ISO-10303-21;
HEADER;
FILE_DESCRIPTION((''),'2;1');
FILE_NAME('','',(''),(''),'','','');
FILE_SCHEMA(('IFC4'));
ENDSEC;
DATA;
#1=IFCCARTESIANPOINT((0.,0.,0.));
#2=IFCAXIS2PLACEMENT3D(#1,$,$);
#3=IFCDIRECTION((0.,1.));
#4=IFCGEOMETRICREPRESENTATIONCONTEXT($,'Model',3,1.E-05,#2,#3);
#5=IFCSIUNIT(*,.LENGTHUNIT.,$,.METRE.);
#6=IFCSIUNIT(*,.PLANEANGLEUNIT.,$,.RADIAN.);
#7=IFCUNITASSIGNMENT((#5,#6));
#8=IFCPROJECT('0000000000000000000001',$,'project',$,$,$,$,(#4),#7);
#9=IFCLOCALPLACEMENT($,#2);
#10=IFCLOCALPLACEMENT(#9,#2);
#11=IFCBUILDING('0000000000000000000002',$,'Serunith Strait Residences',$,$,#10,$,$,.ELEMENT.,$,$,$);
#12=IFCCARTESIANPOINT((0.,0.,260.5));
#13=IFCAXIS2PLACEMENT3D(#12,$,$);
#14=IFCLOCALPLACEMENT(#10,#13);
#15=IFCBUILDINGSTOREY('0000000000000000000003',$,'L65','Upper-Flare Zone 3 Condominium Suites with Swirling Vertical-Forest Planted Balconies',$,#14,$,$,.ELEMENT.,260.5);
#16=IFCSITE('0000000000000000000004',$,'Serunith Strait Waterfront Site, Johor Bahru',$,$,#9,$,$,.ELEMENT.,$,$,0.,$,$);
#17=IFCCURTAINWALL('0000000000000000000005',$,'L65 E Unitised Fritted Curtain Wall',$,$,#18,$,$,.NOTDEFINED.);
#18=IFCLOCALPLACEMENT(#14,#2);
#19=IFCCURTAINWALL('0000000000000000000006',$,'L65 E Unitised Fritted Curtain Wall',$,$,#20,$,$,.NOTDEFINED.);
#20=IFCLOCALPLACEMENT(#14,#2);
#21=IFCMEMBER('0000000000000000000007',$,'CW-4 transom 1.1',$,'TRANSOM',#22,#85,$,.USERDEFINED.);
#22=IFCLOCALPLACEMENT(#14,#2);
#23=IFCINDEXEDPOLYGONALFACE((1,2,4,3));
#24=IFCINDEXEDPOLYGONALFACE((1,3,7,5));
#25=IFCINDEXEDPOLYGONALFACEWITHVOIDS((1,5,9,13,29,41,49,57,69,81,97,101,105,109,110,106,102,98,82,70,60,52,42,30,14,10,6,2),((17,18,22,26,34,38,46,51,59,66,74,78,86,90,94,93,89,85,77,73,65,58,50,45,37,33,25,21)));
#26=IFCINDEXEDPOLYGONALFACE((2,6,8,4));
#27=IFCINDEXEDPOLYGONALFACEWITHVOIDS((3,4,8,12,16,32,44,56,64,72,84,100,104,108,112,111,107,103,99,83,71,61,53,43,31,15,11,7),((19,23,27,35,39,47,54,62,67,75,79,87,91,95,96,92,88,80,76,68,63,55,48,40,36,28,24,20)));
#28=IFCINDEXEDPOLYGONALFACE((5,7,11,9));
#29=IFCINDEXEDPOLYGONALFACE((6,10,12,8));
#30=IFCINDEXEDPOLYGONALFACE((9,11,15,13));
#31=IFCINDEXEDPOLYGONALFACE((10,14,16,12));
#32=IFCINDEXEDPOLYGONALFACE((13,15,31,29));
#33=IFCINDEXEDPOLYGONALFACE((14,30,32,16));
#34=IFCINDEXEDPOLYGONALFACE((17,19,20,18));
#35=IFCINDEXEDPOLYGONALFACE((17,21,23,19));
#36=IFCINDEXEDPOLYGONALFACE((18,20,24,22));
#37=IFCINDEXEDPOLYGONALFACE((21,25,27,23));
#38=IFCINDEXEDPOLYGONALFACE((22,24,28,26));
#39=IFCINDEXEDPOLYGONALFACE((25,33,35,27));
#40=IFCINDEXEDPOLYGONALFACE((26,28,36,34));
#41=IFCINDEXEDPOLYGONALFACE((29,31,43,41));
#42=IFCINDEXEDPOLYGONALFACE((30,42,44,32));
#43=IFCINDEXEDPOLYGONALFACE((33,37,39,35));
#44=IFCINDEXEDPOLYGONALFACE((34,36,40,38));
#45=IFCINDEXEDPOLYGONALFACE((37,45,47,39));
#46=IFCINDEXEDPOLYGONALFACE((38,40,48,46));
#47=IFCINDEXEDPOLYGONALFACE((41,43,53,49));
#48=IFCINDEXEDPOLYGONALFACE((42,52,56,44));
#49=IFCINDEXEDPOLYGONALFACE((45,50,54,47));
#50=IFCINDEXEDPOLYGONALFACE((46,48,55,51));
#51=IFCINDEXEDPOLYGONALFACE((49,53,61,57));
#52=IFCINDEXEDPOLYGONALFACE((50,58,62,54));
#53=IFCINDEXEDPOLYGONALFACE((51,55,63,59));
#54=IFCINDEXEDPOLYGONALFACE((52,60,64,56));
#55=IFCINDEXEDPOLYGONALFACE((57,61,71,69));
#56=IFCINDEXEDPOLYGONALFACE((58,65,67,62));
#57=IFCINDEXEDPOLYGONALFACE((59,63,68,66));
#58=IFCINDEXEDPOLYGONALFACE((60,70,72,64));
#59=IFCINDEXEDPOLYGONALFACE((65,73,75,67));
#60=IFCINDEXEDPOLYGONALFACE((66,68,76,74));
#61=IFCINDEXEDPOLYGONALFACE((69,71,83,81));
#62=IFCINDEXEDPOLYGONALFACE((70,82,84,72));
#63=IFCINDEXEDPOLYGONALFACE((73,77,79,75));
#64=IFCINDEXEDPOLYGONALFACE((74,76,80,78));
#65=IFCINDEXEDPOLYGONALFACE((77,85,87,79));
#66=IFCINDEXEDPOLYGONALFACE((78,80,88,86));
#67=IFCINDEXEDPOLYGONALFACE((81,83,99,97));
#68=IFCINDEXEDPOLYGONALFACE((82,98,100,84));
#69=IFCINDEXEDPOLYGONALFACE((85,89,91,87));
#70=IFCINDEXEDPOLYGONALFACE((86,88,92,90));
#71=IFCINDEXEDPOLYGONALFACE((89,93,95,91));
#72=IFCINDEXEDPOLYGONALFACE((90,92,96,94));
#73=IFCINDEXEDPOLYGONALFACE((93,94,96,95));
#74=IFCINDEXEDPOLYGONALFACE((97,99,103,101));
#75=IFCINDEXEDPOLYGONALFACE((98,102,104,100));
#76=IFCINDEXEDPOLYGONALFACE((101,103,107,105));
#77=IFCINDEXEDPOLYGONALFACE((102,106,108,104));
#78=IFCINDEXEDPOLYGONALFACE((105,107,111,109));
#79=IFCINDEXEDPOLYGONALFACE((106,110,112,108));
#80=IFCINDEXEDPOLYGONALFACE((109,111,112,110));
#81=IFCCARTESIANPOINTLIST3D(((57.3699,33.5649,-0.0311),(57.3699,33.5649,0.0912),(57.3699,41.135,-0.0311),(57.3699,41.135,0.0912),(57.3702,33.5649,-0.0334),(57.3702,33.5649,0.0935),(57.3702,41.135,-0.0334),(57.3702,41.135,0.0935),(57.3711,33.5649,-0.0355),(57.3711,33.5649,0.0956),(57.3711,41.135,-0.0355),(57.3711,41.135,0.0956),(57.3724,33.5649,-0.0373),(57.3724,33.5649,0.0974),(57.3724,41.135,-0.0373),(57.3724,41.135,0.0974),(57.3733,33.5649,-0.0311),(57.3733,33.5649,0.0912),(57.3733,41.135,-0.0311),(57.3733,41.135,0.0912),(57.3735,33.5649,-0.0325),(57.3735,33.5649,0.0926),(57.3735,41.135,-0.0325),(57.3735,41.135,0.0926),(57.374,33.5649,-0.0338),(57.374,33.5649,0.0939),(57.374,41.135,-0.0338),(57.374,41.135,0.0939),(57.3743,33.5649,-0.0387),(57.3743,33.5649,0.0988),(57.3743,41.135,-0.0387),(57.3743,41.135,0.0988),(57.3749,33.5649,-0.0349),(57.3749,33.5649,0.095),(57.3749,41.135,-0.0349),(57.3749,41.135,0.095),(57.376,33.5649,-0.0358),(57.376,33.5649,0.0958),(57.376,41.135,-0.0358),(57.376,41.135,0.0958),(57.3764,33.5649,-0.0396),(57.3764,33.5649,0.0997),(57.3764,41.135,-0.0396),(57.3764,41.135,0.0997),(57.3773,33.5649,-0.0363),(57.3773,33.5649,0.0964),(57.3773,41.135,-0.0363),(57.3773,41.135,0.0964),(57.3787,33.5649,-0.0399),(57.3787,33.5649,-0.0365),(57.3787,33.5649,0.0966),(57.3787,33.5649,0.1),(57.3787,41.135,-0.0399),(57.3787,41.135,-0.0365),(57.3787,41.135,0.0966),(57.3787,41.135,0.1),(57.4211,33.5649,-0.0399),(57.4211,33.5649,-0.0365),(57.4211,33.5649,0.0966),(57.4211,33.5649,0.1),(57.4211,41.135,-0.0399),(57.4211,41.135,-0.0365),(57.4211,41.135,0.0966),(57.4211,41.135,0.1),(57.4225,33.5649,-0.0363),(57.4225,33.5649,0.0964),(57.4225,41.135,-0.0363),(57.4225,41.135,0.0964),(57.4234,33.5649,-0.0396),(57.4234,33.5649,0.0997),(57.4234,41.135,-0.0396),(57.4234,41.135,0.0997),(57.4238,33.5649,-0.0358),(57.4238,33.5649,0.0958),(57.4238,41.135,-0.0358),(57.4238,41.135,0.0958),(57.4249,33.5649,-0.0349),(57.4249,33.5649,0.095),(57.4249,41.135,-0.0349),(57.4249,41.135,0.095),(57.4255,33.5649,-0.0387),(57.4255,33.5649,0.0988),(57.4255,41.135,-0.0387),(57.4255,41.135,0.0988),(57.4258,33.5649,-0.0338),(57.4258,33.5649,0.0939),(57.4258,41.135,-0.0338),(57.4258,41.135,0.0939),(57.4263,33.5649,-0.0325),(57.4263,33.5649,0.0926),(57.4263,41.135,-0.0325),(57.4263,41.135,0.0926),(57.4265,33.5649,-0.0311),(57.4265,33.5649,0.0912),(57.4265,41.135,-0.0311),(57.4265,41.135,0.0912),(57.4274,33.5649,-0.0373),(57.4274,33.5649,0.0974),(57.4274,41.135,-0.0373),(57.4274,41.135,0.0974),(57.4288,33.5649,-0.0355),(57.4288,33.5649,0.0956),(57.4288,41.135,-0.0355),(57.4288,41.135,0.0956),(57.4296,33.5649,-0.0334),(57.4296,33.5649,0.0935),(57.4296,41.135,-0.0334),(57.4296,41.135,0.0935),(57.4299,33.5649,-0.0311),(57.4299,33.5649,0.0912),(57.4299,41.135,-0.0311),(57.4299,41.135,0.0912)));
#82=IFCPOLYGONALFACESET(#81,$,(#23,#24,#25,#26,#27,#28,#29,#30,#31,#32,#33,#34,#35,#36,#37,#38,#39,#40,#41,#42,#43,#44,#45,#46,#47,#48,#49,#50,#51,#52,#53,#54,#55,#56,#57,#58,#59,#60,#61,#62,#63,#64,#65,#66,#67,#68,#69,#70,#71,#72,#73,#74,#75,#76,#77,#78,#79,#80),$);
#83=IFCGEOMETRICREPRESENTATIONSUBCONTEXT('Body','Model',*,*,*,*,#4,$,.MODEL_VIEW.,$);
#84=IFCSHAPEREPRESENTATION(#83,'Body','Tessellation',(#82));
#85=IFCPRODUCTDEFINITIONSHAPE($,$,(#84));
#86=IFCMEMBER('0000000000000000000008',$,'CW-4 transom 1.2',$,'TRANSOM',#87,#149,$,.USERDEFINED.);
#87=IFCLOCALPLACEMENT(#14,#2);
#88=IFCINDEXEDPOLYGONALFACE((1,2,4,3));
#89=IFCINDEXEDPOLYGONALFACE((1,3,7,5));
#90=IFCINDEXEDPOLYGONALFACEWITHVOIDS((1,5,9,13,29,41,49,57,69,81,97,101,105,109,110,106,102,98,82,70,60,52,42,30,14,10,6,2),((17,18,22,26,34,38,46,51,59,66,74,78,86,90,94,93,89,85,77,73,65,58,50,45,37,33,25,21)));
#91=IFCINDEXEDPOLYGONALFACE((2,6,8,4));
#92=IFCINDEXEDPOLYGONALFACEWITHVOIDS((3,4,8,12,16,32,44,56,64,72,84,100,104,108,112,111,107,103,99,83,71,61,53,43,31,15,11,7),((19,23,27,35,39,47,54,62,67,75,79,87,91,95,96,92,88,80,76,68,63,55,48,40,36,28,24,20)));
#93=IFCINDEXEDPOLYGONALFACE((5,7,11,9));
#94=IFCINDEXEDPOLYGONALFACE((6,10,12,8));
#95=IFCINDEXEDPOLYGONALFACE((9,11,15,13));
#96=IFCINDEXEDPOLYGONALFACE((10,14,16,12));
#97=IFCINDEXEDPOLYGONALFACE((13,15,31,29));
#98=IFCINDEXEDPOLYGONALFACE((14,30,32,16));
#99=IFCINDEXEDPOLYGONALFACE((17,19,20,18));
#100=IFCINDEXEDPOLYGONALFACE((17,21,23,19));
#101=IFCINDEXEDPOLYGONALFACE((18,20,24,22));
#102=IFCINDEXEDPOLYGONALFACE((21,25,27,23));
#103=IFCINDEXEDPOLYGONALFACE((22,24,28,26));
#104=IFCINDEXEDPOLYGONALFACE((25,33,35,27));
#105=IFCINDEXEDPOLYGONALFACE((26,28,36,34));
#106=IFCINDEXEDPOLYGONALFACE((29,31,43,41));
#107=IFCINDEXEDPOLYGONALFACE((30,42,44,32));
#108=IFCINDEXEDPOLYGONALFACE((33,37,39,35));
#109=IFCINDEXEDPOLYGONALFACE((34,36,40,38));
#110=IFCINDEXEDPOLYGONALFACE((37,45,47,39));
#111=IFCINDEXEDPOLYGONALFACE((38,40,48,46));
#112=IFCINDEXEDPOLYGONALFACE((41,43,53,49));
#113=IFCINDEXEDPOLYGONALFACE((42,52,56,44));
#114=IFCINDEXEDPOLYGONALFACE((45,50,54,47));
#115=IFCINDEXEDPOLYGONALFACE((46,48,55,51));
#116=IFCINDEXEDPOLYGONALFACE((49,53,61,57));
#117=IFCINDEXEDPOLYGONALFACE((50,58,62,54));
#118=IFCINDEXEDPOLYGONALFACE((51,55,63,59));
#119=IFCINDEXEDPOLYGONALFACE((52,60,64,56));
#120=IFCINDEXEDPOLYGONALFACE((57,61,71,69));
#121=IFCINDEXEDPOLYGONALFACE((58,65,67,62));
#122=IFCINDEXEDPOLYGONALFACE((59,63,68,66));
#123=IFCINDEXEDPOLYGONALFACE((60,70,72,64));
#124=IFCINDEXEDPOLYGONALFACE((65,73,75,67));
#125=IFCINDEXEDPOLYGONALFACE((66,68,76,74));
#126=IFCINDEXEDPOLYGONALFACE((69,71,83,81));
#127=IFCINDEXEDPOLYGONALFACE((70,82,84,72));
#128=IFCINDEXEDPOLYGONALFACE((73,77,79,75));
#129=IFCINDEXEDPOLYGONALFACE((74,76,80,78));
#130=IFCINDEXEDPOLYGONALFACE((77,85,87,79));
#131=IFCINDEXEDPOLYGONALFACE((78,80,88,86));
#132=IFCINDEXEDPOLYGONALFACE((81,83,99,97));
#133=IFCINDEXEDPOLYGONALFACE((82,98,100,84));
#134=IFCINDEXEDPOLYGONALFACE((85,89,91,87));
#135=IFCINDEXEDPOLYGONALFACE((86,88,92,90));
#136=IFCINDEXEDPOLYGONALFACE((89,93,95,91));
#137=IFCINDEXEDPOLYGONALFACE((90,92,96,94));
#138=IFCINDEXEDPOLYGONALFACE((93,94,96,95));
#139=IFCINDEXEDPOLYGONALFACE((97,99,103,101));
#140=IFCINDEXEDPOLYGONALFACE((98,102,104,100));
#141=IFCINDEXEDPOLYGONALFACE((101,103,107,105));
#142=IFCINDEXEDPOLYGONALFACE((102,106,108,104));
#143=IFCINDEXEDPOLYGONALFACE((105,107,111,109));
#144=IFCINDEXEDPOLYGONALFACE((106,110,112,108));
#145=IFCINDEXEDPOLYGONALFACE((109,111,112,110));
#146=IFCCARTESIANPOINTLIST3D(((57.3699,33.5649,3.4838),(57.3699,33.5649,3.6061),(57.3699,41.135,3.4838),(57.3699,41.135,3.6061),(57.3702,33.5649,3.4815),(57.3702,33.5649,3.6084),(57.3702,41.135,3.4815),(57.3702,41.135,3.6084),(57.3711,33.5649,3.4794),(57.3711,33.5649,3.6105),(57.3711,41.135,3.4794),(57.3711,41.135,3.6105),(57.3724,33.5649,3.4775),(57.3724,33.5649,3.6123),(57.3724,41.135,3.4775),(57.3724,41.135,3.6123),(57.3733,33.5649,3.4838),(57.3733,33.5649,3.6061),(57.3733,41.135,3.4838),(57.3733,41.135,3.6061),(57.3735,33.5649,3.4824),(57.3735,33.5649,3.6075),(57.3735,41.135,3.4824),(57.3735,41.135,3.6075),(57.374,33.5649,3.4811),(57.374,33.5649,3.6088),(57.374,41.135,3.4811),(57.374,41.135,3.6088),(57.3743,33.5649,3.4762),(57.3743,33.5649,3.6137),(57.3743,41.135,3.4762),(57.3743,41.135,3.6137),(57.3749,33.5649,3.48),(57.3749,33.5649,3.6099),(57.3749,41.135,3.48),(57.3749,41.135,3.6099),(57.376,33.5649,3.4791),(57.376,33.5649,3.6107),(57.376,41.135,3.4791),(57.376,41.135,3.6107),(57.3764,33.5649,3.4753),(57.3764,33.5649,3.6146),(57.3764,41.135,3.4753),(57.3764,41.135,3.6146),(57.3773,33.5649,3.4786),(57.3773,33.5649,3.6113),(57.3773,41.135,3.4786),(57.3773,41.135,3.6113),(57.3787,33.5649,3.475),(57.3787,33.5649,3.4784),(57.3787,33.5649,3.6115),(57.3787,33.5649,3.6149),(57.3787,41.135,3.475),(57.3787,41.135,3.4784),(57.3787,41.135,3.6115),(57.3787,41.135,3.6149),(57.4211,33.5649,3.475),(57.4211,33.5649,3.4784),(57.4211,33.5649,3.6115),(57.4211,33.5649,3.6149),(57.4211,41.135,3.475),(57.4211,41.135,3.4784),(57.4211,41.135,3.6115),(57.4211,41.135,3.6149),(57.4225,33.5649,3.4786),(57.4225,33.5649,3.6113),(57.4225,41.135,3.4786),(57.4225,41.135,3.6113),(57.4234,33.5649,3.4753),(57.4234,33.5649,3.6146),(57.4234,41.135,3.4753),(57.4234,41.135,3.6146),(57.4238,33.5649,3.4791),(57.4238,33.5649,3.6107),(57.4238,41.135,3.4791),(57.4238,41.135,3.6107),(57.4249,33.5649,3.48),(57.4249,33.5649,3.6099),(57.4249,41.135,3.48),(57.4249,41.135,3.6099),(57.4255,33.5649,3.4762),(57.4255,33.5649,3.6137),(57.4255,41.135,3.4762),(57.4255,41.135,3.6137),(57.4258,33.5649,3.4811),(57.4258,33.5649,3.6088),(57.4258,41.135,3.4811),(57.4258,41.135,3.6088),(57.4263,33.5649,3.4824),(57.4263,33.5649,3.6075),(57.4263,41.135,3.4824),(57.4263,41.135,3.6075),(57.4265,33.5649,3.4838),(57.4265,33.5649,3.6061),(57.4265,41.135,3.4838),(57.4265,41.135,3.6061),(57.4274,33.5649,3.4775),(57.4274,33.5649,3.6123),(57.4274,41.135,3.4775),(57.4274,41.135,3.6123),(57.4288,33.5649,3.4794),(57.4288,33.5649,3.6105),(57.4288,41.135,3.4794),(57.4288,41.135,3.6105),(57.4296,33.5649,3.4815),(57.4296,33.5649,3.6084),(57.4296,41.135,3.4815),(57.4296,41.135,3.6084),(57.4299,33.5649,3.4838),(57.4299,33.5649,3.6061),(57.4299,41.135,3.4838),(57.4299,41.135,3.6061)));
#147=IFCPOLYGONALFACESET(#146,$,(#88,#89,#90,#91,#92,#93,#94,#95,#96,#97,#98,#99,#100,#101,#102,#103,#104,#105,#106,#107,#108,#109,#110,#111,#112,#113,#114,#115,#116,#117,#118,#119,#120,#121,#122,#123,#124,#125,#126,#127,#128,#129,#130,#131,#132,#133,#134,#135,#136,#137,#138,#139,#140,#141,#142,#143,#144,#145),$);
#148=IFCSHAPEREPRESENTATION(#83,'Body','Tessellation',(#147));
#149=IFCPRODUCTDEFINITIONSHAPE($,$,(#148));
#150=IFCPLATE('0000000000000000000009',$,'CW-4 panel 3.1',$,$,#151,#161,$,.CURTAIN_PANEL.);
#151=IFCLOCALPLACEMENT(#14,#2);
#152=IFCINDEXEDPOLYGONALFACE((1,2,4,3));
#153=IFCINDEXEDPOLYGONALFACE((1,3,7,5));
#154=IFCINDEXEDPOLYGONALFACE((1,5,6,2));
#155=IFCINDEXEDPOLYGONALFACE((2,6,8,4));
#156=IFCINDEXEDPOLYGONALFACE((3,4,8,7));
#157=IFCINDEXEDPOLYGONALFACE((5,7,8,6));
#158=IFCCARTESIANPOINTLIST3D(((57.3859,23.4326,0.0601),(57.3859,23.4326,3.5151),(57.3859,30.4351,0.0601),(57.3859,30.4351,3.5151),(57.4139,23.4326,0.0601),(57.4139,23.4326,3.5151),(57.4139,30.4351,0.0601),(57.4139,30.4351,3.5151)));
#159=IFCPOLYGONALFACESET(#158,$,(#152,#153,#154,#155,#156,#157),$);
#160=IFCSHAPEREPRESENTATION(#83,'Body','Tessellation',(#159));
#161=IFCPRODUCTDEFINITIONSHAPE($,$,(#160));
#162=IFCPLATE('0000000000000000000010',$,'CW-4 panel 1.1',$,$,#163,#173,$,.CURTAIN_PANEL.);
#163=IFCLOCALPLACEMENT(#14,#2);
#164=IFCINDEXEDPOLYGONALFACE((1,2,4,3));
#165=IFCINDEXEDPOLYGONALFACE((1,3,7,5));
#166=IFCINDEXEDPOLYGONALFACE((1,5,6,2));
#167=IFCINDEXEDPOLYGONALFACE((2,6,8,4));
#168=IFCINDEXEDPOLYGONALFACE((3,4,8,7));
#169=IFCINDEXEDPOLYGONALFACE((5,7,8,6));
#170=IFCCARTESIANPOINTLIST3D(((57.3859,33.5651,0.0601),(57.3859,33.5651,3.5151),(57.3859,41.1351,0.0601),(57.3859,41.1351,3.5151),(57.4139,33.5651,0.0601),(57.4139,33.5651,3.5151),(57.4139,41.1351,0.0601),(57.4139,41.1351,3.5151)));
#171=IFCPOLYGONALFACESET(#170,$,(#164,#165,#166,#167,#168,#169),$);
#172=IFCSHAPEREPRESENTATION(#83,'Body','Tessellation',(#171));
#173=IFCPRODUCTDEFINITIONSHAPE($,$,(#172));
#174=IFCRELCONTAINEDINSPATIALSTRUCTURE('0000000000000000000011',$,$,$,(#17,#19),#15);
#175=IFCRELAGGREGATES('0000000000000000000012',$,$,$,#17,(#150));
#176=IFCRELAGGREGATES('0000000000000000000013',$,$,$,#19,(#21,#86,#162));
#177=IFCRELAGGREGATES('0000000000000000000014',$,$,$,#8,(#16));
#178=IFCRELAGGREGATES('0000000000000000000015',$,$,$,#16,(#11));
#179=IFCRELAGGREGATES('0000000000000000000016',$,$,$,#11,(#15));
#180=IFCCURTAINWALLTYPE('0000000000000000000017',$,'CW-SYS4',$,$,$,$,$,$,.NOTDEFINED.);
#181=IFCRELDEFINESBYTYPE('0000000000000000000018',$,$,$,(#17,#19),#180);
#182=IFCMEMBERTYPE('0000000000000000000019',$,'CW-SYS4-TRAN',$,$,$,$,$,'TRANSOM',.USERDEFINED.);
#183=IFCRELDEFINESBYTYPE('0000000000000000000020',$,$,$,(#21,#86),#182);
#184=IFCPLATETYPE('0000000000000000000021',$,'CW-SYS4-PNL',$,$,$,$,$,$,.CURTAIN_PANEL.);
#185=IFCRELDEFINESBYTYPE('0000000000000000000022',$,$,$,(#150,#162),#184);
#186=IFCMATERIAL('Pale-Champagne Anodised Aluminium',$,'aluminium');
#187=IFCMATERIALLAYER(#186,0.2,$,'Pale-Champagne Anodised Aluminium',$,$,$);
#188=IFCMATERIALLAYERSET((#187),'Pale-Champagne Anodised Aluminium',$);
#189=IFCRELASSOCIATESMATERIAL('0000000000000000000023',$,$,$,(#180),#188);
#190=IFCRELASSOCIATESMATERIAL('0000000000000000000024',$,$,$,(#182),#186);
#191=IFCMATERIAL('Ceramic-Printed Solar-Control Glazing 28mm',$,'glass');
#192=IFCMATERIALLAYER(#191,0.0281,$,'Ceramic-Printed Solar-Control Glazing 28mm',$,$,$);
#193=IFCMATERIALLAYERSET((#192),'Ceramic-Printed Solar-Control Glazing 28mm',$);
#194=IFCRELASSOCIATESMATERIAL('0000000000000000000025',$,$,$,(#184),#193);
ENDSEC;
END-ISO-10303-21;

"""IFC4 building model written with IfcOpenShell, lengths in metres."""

from ifc_helpers import new_model, si_unit, direction, frame, origin, origin_2d, place, context, subcontext, project, spatial, rectangle, hollow_rectangle, extrude, source, transform, mapped, material, layer, layer_set, material_profile, profile_set, type_object, element, aggregate, save


model = new_model("IFC4")

# Units and contexts
model_context = context("Model", 3, precision=1e-05, world=origin(), true_north=direction((0.0, 1.0)))
body_context = subcontext(model_context, "Body", "Model", "MODEL_VIEW")
ifc_project = project(units=[si_unit("LENGTHUNIT", "METRE"), si_unit("PLANEANGLEUNIT", "RADIAN")], contexts=[model_context])

# Site, building, storey
site_placement = place(None, origin())
site = spatial("IfcSite", under=ifc_project, at=site_placement, Name="Serunith Strait Waterfront Site, Johor Bahru", CompositionType="ELEMENT", RefElevation=0.0)
building_placement = place(site_placement, origin())
building = spatial("IfcBuilding", under=site, at=building_placement, Name="Serunith Strait Residences", CompositionType="ELEMENT")
storey_placement = place(building_placement, frame((0.0, 0.0, 260.5)))
storey = spatial("IfcBuildingStorey", under=building, at=storey_placement, Name="L65", Description="Upper-Flare Zone 3 Condominium Suites with Swirling Vertical-Forest Planted Balconies", CompositionType="ELEMENT", Elevation=260.5)

# Curtain wall
ifc_material_1 = material(Name="Pale-Champagne Anodised Aluminium", Category="aluminium")
ifc_layer_1 = layer(ifc_material_1, 0.2, Name="Pale-Champagne Anodised Aluminium")
ifc_layer_set_1 = layer_set([ifc_layer_1], Name="Pale-Champagne Anodised Aluminium")
curtain_wall_type = type_object("IfcCurtainWallType", Name="CW-SYS4", PredefinedType="NOTDEFINED", material=ifc_layer_set_1)
curtain_wall_1_placement = place(storey_placement, origin())
curtain_wall_1 = element("IfcCurtainWall", 1, at=curtain_wall_1_placement, inside=storey, type_object=curtain_wall_type, Name="L65 E Unitised Fritted Curtain Wall", PredefinedType="NOTDEFINED")

# Curtain wall, members
curtain_wall_2_placement = place(storey_placement, origin())
curtain_wall_2 = element("IfcCurtainWall", 2, at=curtain_wall_2_placement, inside=storey, type_object=curtain_wall_type, Name="L65 E Unitised Fritted Curtain Wall", PredefinedType="NOTDEFINED")
ifc_material_profile_1 = material_profile(ifc_material_1, hollow_rectangle(XDim=0.0601, YDim=0.1399, WallThickness=0.0034, InnerFilletRadius=0.0054, OuterFilletRadius=0.0088, at=origin_2d()), Name="ALU 140x60x3.5")
ifc_profile_set_1 = profile_set([ifc_material_profile_1], Name="Pale-Champagne Anodised Aluminium")
member_type_1 = type_object("IfcMemberType", Name="CW-SYS4-TRAN", ElementType="TRANSOM", PredefinedType="USERDEFINED", material=ifc_profile_set_1)
shared_shape_1 = source(origin(), body_context, "Body", "SweptSolid", [
    extrude(hollow_rectangle(XDim=0.0601, YDim=0.1399, WallThickness=0.0034, InnerFilletRadius=0.0054, OuterFilletRadius=0.0088, at=origin_2d()), origin(), (0.0, 0.0, 1.0), 7.5701),
])
member_1_placement = place(storey_placement, frame((57.3999, 33.5649, 0.03), z_axis=(0.0, 1.0, 0.0), x_axis=(-1.0, 0.0, 0.0)))
member_1 = element("IfcMember", 3, at=member_1_placement, type_object=member_type_1, Name="CW-4 transom 1.1", ObjectType="TRANSOM", PredefinedType="USERDEFINED", context=body_context, shape_type="MappedRepresentation", body=[
    mapped(shared_shape_1, transform((0.0, 0.0, 0.0), scale=1.0)),
])
member_2_placement = place(storey_placement, frame((57.3999, 33.5649, 3.5449), z_axis=(0.0, 1.0, 0.0), x_axis=(-1.0, 0.0, 0.0)))
member_2 = element("IfcMember", 4, at=member_2_placement, type_object=member_type_1, Name="CW-4 transom 1.2", ObjectType="TRANSOM", PredefinedType="USERDEFINED", context=body_context, shape_type="MappedRepresentation", body=[
    mapped(shared_shape_1, transform((0.0, 0.0, 0.0), scale=1.0)),
])

# Plates
ifc_material_2 = material(Name="Ceramic-Printed Solar-Control Glazing 28mm", Category="glass")
ifc_layer_2 = layer(ifc_material_2, 0.0281, Name="Ceramic-Printed Solar-Control Glazing 28mm")
ifc_layer_set_2 = layer_set([ifc_layer_2], Name="Ceramic-Printed Solar-Control Glazing 28mm")
plate_type = type_object("IfcPlateType", Name="CW-SYS4-PNL", PredefinedType="CURTAIN_PANEL", material=ifc_layer_set_2)
shared_shape_2 = source(origin(), body_context, "Body", "SweptSolid", [
    extrude(rectangle(XDim=7.0024, YDim=0.0281, at=origin_2d()), origin(), (0.0, 0.0, 1.0), 3.4551),
])
plate_1_placement = place(storey_placement, frame((57.3999, 26.9338, 0.0601), z_axis=(0.0, 0.0, 1.0), x_axis=(0.0, 1.0, 0.0)))
plate_1 = element("IfcPlate", 5, at=plate_1_placement, type_object=plate_type, Name="CW-4 panel 3.1", PredefinedType="CURTAIN_PANEL", context=body_context, shape_type="MappedRepresentation", body=[
    mapped(shared_shape_2, transform((0.0, 0.0, 0.0), scale=1.0)),
])
aggregate(curtain_wall_1, [plate_1])
shared_shape_3 = source(origin(), body_context, "Body", "SweptSolid", [
    extrude(rectangle(XDim=7.5701, YDim=0.0281, at=origin_2d()), origin(), (0.0, 0.0, 1.0), 3.4551),
])
plate_2_placement = place(storey_placement, frame((57.3999, 37.3501, 0.0601), z_axis=(0.0, 0.0, 1.0), x_axis=(0.0, 1.0, 0.0)))
plate_2 = element("IfcPlate", 6, at=plate_2_placement, type_object=plate_type, Name="CW-4 panel 1.1", PredefinedType="CURTAIN_PANEL", context=body_context, shape_type="MappedRepresentation", body=[
    mapped(shared_shape_3, transform((0.0, 0.0, 0.0), scale=1.0)),
])
aggregate(curtain_wall_2, [member_1, member_2, plate_2])

save(model, "model.ifc")
